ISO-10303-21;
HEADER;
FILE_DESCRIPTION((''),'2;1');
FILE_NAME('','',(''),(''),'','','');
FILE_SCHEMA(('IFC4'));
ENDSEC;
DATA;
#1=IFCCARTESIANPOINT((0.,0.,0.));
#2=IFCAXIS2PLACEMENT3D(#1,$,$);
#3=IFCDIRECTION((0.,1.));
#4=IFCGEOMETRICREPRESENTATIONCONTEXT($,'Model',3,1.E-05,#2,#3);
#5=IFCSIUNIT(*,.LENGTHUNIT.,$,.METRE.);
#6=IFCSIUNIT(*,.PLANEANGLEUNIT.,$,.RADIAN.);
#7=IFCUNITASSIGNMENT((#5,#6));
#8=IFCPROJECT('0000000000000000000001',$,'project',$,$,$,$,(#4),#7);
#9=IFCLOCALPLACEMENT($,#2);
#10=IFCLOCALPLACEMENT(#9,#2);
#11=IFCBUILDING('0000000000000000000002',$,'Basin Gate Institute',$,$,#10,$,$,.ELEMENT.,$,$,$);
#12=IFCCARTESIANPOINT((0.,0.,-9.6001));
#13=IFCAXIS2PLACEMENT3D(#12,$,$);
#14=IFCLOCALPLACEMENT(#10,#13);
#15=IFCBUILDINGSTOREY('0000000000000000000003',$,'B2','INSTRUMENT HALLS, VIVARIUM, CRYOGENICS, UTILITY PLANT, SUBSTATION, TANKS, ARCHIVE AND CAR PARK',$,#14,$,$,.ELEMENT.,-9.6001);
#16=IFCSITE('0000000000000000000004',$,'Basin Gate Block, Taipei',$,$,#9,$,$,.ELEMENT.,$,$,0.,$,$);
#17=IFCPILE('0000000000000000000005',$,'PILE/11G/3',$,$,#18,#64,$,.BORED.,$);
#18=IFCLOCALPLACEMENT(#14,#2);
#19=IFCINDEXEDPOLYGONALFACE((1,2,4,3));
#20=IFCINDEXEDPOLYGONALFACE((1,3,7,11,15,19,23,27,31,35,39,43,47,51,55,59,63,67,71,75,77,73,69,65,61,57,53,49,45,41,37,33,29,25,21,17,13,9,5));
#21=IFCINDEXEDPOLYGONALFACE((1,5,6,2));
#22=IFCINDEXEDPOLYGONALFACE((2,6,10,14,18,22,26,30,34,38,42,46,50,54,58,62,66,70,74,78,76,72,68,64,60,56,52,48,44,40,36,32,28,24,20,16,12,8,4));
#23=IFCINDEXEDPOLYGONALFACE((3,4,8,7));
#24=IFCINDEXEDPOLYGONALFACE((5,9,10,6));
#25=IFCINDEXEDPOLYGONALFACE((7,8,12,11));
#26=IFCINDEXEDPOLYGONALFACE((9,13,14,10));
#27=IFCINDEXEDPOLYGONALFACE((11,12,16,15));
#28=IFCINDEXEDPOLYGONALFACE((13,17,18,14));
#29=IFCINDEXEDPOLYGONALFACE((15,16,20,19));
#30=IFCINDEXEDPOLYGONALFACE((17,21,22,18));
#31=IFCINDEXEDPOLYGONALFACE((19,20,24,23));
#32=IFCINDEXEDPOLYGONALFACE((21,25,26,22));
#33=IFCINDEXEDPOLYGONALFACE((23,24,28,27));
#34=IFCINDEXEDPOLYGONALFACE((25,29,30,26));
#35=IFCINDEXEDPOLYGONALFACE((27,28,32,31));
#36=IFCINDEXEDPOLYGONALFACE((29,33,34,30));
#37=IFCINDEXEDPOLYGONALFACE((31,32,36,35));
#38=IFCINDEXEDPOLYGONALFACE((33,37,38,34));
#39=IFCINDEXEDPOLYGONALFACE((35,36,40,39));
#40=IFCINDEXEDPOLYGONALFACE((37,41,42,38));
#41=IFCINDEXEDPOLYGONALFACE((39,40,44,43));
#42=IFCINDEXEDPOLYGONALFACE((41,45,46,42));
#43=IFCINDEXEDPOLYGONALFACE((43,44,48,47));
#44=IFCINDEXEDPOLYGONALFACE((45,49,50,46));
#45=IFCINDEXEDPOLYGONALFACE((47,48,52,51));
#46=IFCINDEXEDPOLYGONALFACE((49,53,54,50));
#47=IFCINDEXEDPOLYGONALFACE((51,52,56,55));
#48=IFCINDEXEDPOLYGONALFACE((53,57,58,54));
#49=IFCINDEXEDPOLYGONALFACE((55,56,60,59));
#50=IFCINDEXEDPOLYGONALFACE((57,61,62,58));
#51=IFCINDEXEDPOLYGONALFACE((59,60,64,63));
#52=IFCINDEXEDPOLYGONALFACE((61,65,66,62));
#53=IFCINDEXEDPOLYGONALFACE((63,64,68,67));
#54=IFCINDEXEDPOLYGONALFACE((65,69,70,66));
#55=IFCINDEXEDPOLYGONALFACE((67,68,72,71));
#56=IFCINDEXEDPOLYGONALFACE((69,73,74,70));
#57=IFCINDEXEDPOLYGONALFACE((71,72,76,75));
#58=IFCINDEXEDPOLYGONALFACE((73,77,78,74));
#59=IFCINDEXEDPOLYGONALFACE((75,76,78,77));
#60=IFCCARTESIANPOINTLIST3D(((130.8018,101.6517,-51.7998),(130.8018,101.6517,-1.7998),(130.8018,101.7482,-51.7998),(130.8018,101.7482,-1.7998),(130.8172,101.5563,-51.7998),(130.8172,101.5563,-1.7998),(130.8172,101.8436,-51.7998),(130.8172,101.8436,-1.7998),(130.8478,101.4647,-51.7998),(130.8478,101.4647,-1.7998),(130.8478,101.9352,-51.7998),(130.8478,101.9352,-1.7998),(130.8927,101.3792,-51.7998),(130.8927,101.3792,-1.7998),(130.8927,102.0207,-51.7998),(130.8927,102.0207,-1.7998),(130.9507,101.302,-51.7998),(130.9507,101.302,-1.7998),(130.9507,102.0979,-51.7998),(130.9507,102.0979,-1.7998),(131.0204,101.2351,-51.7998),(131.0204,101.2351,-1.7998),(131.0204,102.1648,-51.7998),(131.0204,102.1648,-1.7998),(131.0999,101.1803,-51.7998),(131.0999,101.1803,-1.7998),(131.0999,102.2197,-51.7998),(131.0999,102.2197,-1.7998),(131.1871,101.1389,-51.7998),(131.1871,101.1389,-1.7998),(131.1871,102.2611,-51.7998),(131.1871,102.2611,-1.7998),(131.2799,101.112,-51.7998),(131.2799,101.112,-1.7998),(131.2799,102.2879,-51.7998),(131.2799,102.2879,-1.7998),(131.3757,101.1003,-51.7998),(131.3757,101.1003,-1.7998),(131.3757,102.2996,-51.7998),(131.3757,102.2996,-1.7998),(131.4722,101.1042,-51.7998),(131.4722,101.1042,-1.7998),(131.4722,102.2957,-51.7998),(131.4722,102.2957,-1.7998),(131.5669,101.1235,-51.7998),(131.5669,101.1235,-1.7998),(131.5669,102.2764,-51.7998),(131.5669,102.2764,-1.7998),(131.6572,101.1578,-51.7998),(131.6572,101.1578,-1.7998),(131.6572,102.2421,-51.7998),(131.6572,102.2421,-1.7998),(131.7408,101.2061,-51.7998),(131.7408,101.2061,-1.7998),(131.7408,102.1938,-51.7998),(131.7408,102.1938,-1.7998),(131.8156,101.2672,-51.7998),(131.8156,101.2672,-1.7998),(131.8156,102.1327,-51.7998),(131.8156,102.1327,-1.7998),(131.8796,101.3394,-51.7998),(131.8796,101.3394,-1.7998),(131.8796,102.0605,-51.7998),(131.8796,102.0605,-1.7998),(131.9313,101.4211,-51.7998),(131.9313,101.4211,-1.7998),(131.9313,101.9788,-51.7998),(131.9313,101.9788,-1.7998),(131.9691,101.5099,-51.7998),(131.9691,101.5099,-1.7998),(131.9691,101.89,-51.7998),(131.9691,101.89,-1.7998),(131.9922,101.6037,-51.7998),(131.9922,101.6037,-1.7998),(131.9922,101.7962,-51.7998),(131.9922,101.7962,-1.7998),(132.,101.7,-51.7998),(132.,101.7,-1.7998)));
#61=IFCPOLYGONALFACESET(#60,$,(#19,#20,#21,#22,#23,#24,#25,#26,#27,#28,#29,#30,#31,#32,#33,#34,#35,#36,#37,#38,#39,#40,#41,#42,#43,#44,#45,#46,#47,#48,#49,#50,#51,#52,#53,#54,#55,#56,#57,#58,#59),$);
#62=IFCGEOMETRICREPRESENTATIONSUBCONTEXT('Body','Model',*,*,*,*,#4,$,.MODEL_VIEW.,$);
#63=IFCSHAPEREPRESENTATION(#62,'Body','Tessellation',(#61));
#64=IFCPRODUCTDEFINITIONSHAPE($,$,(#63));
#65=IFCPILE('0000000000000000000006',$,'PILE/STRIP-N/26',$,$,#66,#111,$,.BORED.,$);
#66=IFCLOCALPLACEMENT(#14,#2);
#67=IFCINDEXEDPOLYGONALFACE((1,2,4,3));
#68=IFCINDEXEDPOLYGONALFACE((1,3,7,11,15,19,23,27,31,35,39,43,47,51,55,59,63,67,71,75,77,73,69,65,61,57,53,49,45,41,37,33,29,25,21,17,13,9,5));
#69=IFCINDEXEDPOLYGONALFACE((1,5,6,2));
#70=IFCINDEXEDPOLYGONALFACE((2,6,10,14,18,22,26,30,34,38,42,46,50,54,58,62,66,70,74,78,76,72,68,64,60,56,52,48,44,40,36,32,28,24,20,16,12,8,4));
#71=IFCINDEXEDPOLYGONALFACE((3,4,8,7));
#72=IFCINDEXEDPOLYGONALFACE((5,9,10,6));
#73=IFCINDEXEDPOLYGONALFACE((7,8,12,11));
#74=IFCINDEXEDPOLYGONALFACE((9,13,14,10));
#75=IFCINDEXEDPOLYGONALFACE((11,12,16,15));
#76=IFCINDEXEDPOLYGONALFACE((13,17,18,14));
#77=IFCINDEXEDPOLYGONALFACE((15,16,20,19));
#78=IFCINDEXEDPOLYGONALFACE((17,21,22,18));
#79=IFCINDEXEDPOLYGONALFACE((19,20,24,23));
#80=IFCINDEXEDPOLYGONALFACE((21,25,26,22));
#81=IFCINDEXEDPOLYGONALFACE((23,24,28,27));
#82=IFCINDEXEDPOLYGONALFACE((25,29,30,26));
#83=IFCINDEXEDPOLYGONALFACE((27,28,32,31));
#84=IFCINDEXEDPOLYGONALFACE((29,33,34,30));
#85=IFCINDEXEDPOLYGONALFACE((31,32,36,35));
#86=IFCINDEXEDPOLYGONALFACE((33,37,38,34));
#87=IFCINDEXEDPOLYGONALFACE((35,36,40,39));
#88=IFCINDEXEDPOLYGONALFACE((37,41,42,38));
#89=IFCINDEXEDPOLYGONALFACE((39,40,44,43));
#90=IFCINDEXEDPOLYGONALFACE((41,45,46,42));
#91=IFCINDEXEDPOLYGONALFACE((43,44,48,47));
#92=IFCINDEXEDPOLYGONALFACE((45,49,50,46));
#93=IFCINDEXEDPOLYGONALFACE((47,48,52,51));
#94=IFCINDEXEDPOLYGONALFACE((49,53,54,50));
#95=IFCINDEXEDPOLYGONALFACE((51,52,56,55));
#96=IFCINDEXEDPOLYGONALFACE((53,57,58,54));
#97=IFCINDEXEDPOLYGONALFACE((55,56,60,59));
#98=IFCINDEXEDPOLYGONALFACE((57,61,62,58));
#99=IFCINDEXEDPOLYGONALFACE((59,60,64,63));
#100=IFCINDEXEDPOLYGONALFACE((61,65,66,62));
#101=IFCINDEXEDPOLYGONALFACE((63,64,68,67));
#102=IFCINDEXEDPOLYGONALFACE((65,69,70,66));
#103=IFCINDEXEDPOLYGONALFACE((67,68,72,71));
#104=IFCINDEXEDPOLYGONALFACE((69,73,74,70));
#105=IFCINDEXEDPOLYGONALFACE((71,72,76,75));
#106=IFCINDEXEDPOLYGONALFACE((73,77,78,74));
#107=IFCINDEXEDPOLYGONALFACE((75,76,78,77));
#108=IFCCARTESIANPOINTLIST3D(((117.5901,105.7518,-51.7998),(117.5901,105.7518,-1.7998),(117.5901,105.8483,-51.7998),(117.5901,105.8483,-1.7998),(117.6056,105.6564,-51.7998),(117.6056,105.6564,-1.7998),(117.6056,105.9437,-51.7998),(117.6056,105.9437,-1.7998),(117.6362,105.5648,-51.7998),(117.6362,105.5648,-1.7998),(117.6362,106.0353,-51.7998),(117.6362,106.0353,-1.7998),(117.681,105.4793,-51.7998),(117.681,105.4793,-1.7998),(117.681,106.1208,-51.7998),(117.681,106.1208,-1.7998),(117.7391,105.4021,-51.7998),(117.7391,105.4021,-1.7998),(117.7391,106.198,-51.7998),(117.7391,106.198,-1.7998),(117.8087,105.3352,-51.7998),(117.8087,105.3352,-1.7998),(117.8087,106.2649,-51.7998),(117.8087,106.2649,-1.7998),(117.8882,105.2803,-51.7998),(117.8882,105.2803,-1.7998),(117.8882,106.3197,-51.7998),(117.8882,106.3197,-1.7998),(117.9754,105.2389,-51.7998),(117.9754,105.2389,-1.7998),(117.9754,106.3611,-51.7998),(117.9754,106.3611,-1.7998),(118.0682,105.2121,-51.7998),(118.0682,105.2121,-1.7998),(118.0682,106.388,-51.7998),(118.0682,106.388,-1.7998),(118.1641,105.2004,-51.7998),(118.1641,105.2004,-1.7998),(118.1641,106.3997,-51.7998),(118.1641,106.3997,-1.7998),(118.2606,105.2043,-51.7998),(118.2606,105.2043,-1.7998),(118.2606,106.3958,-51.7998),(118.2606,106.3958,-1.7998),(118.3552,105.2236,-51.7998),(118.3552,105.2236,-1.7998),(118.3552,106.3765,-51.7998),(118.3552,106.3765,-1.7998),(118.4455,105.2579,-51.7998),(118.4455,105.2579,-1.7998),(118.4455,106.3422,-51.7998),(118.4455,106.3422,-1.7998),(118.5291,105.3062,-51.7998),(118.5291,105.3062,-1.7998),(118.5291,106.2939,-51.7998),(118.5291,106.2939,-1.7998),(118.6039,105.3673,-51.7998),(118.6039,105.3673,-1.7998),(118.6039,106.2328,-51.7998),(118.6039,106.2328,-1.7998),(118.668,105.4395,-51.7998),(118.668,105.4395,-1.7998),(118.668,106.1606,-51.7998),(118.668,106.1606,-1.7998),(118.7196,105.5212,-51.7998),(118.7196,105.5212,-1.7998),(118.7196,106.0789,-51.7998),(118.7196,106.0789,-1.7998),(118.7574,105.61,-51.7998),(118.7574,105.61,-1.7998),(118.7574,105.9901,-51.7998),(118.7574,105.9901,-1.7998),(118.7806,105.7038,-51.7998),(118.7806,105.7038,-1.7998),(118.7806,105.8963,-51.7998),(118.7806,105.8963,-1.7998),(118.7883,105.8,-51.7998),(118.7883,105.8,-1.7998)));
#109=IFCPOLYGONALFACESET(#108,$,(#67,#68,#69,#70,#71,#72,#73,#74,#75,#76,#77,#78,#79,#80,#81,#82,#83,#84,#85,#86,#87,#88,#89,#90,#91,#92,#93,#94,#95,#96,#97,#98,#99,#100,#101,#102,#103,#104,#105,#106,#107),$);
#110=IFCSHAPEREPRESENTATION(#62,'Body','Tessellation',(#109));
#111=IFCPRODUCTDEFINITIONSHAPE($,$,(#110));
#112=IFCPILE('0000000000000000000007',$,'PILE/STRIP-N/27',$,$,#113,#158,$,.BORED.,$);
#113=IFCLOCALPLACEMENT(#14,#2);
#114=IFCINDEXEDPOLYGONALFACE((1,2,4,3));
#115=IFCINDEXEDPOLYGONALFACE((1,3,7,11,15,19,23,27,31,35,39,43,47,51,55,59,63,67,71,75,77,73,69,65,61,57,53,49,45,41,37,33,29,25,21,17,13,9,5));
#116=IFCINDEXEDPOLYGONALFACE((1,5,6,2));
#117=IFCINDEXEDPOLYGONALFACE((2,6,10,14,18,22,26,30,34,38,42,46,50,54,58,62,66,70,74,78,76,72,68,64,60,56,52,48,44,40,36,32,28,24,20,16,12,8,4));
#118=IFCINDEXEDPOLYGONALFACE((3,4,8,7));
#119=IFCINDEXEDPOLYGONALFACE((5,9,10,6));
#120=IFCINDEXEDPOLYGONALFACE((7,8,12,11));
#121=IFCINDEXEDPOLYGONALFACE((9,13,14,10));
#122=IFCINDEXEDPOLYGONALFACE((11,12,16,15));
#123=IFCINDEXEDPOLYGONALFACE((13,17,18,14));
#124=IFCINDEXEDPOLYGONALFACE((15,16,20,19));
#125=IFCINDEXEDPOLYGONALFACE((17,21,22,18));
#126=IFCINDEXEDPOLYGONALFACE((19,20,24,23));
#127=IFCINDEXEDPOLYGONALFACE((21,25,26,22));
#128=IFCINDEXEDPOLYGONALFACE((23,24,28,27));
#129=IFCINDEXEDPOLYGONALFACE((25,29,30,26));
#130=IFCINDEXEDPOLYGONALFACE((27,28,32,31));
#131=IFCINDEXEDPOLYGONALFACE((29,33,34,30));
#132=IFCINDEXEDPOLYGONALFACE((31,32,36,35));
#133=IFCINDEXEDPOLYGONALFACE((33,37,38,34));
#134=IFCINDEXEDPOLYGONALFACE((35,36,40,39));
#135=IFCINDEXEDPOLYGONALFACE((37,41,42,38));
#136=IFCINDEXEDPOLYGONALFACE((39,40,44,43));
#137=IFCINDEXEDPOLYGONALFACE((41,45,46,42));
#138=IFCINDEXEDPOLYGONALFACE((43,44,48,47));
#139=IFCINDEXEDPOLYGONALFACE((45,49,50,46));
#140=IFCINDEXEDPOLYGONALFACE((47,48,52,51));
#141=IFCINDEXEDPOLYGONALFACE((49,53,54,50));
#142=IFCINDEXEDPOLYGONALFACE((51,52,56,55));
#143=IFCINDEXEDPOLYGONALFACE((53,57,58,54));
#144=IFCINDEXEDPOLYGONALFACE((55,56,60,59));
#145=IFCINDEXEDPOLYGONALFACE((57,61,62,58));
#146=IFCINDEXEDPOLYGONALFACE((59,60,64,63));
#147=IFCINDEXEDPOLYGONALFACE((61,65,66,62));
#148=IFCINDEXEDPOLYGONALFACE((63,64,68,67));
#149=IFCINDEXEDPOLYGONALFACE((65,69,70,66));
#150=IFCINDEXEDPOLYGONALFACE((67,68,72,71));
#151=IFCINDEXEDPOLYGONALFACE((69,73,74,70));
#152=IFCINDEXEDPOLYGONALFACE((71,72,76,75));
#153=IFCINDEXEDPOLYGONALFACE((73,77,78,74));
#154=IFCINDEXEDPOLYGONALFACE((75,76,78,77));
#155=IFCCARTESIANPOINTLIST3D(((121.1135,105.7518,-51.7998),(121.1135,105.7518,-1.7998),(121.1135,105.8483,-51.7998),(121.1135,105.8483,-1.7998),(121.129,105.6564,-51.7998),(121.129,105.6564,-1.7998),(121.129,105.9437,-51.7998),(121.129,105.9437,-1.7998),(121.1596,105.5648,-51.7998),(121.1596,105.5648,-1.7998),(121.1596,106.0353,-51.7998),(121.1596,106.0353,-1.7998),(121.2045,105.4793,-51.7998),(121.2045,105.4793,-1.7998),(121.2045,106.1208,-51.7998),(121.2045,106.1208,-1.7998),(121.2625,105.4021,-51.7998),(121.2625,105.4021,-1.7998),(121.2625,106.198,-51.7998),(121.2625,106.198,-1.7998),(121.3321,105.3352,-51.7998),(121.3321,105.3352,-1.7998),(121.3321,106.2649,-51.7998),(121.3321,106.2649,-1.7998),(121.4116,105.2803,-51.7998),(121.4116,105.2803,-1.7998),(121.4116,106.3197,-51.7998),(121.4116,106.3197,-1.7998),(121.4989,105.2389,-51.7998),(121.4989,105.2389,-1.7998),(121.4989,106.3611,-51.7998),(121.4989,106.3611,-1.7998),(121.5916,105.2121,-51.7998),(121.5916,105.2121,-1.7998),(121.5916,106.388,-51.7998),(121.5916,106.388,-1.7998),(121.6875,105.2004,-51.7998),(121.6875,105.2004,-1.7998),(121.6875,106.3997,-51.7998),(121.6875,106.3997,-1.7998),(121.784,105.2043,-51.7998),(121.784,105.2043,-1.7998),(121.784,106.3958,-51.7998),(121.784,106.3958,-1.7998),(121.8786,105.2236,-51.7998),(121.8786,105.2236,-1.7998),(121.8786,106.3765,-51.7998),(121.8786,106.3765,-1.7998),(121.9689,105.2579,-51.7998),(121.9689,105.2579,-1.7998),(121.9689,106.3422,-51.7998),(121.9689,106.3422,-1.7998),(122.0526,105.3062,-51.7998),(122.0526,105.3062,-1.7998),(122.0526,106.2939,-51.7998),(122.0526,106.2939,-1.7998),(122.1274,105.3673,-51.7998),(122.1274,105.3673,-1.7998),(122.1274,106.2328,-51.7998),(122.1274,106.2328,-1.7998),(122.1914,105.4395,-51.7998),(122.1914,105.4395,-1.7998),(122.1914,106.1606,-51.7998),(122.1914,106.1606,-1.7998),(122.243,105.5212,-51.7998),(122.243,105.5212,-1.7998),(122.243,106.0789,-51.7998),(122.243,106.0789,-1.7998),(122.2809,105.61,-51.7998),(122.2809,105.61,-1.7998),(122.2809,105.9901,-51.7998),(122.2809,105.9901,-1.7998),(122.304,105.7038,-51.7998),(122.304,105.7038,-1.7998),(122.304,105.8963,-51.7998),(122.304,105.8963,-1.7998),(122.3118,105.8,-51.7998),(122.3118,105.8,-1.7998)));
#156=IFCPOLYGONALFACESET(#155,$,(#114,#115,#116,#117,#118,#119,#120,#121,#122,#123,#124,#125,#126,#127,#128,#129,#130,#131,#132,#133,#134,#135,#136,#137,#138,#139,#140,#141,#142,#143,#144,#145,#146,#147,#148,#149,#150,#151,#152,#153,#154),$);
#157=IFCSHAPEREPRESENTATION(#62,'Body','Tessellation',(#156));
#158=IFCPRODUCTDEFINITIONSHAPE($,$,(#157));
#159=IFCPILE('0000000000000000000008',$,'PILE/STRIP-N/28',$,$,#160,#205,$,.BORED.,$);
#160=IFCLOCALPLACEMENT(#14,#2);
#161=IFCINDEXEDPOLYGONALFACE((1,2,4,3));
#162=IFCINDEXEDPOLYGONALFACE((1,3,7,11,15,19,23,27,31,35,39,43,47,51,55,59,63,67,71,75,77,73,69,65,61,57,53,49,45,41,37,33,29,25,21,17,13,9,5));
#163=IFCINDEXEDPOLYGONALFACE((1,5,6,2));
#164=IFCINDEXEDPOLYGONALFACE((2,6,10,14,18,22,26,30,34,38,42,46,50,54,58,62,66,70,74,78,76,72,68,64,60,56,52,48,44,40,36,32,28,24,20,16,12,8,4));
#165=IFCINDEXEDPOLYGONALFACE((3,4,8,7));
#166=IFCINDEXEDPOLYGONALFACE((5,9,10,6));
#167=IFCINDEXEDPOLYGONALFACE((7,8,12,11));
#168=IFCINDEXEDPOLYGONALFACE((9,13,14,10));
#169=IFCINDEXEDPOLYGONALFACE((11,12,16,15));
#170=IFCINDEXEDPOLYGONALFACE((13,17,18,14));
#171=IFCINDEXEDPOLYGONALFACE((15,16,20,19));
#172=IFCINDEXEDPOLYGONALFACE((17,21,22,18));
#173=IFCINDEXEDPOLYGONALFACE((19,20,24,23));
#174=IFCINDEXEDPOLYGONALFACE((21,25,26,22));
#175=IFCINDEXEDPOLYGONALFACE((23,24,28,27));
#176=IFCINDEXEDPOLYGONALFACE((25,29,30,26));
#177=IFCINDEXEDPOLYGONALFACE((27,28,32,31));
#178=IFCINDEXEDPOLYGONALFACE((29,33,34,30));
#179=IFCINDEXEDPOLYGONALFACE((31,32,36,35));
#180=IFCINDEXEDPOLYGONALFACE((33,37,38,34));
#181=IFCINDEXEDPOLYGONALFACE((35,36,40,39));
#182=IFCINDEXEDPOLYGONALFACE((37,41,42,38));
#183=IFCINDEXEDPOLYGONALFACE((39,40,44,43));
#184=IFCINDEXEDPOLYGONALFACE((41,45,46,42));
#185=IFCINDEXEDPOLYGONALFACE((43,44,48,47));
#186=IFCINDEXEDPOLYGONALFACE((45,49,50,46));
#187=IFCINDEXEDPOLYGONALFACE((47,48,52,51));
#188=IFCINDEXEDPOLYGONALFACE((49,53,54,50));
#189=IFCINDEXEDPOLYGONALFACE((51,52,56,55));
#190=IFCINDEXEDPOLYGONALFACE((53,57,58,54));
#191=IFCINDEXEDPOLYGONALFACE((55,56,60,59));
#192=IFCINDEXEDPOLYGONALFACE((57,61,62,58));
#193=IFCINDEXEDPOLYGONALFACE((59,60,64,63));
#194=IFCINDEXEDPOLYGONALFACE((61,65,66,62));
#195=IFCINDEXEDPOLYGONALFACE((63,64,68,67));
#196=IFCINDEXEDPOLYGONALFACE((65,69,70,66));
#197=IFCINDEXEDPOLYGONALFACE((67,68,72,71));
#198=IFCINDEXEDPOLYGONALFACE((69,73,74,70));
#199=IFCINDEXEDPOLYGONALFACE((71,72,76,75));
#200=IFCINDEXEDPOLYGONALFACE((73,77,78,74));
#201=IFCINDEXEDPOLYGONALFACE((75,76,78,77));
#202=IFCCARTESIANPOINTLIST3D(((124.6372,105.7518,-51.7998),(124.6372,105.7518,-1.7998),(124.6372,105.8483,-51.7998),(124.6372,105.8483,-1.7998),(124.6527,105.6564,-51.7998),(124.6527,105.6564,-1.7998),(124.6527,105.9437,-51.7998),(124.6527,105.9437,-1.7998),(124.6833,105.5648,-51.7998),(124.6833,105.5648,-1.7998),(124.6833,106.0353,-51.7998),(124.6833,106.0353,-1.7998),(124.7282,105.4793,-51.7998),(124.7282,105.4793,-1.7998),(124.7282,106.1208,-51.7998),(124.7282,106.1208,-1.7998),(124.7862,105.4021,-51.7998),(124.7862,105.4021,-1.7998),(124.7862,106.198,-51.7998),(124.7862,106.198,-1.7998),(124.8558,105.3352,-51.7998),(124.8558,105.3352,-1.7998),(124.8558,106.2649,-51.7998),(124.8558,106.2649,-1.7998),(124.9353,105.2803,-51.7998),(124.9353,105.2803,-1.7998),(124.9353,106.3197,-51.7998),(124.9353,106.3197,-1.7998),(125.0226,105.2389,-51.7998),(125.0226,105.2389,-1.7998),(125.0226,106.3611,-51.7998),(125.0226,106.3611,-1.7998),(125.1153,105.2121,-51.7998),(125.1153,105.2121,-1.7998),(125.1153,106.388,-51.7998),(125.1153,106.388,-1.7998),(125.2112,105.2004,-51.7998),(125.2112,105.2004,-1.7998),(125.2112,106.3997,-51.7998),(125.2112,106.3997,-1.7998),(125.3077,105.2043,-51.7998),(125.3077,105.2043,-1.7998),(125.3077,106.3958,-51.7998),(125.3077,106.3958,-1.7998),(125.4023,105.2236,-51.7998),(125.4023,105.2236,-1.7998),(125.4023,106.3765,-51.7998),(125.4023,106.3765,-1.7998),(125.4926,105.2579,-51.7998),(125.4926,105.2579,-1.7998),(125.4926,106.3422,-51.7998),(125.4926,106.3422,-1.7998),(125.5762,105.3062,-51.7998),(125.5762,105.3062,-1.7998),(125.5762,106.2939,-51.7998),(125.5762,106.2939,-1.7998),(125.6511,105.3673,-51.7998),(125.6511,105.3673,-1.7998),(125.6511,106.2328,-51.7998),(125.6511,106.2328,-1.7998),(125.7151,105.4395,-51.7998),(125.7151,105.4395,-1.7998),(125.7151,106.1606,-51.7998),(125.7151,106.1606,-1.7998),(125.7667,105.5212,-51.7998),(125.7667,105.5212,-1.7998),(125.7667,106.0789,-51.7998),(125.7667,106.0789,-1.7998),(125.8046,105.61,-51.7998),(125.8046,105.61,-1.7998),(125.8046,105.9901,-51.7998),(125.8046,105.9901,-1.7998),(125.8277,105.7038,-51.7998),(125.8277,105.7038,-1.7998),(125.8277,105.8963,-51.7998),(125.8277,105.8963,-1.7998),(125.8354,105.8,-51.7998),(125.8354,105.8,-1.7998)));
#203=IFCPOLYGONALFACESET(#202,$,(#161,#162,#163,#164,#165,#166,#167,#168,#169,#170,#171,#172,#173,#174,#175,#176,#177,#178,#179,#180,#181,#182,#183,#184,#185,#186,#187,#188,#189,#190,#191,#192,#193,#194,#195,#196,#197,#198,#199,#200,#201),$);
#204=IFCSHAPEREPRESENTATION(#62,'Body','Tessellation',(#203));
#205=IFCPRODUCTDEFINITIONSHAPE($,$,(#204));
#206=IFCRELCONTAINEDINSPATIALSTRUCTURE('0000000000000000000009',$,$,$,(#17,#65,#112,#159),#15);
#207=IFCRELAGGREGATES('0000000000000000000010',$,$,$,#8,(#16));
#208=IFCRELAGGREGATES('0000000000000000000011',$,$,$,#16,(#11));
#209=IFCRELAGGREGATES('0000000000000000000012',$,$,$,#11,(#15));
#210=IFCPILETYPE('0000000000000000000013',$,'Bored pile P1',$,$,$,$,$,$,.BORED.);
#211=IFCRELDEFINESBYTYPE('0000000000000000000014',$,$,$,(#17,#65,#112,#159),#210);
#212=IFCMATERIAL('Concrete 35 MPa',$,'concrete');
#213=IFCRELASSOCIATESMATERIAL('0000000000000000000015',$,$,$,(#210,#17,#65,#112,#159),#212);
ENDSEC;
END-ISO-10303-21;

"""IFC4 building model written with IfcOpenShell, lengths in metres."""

from ifc_helpers import new_model, si_unit, direction, frame, origin, origin_2d, place, context, subcontext, project, spatial, circle, extrude, material, material_profile, profile_set, type_object, element, save


model = new_model("IFC4")

# Units and contexts
model_context = context("Model", 3, precision=1e-05, world=origin(), true_north=direction((0.0, 1.0)))
body_context = subcontext(model_context, "Body", "Model", "MODEL_VIEW")
ifc_project = project(units=[si_unit("LENGTHUNIT", "METRE"), si_unit("PLANEANGLEUNIT", "RADIAN")], contexts=[model_context])

# Site, building, storey
site_placement = place(None, origin())
site = spatial("IfcSite", under=ifc_project, at=site_placement, Name="Basin Gate Block, Taipei", CompositionType="ELEMENT", RefElevation=0.0)
building_placement = place(site_placement, origin())
building = spatial("IfcBuilding", under=site, at=building_placement, Name="Basin Gate Institute", CompositionType="ELEMENT")
storey_placement = place(building_placement, frame((0.0, 0.0, -9.6001)))
storey = spatial("IfcBuildingStorey", under=building, at=storey_placement, Name="B2", Description="INSTRUMENT HALLS, VIVARIUM, CRYOGENICS, UTILITY PLANT, SUBSTATION, TANKS, ARCHIVE AND CAR PARK", CompositionType="ELEMENT", Elevation=-9.6001)

# Piles
ifc_material_1 = material(Name="Concrete 35 MPa", Category="concrete")
ifc_material_profile_1 = material_profile(ifc_material_1, circle(Radius=0.6001, at=origin_2d()), Name="Bored pile P1 1200 dia")
ifc_profile_set_1 = profile_set([ifc_material_profile_1], Name="Concrete 35 MPa")
pile_type = type_object("IfcPileType", Name="Bored pile P1", PredefinedType="BORED", material=ifc_profile_set_1)
for number, where, z_axis, x_axis, name in (
    (1, (131.3999, 101.7, -1.7998), (0.0, 0.0, -1.0), (1.0, 0.0, 0.0), "PILE/11G/3"),
    (2, (118.1882, 105.8, -1.7998), (0.0, 0.0, -1.0), (1.0, 0.0, 0.0), "PILE/STRIP-N/26"),
    (3, (121.7117, 105.8, -1.7998), (0.0, 0.0, -1.0), (1.0, 0.0, 0.0), "PILE/STRIP-N/27"),
    (4, (125.2354, 105.8, -1.7998), (0.0, 0.0, -1.0), (1.0, 0.0, 0.0), "PILE/STRIP-N/28"),
):
    element("IfcPile", number, at=place(storey_placement, frame(where, z_axis=z_axis, x_axis=x_axis)), inside=storey, type_object=pile_type, material=ifc_profile_set_1, Name=name, PredefinedType="BORED", context=body_context, shape_type="SweptSolid", body=[
        extrude(circle(Radius=0.6001, at=origin_2d()), origin(), (0.0, 0.0, 1.0), 50.0),
    ])

save(model, "model.ifc")
